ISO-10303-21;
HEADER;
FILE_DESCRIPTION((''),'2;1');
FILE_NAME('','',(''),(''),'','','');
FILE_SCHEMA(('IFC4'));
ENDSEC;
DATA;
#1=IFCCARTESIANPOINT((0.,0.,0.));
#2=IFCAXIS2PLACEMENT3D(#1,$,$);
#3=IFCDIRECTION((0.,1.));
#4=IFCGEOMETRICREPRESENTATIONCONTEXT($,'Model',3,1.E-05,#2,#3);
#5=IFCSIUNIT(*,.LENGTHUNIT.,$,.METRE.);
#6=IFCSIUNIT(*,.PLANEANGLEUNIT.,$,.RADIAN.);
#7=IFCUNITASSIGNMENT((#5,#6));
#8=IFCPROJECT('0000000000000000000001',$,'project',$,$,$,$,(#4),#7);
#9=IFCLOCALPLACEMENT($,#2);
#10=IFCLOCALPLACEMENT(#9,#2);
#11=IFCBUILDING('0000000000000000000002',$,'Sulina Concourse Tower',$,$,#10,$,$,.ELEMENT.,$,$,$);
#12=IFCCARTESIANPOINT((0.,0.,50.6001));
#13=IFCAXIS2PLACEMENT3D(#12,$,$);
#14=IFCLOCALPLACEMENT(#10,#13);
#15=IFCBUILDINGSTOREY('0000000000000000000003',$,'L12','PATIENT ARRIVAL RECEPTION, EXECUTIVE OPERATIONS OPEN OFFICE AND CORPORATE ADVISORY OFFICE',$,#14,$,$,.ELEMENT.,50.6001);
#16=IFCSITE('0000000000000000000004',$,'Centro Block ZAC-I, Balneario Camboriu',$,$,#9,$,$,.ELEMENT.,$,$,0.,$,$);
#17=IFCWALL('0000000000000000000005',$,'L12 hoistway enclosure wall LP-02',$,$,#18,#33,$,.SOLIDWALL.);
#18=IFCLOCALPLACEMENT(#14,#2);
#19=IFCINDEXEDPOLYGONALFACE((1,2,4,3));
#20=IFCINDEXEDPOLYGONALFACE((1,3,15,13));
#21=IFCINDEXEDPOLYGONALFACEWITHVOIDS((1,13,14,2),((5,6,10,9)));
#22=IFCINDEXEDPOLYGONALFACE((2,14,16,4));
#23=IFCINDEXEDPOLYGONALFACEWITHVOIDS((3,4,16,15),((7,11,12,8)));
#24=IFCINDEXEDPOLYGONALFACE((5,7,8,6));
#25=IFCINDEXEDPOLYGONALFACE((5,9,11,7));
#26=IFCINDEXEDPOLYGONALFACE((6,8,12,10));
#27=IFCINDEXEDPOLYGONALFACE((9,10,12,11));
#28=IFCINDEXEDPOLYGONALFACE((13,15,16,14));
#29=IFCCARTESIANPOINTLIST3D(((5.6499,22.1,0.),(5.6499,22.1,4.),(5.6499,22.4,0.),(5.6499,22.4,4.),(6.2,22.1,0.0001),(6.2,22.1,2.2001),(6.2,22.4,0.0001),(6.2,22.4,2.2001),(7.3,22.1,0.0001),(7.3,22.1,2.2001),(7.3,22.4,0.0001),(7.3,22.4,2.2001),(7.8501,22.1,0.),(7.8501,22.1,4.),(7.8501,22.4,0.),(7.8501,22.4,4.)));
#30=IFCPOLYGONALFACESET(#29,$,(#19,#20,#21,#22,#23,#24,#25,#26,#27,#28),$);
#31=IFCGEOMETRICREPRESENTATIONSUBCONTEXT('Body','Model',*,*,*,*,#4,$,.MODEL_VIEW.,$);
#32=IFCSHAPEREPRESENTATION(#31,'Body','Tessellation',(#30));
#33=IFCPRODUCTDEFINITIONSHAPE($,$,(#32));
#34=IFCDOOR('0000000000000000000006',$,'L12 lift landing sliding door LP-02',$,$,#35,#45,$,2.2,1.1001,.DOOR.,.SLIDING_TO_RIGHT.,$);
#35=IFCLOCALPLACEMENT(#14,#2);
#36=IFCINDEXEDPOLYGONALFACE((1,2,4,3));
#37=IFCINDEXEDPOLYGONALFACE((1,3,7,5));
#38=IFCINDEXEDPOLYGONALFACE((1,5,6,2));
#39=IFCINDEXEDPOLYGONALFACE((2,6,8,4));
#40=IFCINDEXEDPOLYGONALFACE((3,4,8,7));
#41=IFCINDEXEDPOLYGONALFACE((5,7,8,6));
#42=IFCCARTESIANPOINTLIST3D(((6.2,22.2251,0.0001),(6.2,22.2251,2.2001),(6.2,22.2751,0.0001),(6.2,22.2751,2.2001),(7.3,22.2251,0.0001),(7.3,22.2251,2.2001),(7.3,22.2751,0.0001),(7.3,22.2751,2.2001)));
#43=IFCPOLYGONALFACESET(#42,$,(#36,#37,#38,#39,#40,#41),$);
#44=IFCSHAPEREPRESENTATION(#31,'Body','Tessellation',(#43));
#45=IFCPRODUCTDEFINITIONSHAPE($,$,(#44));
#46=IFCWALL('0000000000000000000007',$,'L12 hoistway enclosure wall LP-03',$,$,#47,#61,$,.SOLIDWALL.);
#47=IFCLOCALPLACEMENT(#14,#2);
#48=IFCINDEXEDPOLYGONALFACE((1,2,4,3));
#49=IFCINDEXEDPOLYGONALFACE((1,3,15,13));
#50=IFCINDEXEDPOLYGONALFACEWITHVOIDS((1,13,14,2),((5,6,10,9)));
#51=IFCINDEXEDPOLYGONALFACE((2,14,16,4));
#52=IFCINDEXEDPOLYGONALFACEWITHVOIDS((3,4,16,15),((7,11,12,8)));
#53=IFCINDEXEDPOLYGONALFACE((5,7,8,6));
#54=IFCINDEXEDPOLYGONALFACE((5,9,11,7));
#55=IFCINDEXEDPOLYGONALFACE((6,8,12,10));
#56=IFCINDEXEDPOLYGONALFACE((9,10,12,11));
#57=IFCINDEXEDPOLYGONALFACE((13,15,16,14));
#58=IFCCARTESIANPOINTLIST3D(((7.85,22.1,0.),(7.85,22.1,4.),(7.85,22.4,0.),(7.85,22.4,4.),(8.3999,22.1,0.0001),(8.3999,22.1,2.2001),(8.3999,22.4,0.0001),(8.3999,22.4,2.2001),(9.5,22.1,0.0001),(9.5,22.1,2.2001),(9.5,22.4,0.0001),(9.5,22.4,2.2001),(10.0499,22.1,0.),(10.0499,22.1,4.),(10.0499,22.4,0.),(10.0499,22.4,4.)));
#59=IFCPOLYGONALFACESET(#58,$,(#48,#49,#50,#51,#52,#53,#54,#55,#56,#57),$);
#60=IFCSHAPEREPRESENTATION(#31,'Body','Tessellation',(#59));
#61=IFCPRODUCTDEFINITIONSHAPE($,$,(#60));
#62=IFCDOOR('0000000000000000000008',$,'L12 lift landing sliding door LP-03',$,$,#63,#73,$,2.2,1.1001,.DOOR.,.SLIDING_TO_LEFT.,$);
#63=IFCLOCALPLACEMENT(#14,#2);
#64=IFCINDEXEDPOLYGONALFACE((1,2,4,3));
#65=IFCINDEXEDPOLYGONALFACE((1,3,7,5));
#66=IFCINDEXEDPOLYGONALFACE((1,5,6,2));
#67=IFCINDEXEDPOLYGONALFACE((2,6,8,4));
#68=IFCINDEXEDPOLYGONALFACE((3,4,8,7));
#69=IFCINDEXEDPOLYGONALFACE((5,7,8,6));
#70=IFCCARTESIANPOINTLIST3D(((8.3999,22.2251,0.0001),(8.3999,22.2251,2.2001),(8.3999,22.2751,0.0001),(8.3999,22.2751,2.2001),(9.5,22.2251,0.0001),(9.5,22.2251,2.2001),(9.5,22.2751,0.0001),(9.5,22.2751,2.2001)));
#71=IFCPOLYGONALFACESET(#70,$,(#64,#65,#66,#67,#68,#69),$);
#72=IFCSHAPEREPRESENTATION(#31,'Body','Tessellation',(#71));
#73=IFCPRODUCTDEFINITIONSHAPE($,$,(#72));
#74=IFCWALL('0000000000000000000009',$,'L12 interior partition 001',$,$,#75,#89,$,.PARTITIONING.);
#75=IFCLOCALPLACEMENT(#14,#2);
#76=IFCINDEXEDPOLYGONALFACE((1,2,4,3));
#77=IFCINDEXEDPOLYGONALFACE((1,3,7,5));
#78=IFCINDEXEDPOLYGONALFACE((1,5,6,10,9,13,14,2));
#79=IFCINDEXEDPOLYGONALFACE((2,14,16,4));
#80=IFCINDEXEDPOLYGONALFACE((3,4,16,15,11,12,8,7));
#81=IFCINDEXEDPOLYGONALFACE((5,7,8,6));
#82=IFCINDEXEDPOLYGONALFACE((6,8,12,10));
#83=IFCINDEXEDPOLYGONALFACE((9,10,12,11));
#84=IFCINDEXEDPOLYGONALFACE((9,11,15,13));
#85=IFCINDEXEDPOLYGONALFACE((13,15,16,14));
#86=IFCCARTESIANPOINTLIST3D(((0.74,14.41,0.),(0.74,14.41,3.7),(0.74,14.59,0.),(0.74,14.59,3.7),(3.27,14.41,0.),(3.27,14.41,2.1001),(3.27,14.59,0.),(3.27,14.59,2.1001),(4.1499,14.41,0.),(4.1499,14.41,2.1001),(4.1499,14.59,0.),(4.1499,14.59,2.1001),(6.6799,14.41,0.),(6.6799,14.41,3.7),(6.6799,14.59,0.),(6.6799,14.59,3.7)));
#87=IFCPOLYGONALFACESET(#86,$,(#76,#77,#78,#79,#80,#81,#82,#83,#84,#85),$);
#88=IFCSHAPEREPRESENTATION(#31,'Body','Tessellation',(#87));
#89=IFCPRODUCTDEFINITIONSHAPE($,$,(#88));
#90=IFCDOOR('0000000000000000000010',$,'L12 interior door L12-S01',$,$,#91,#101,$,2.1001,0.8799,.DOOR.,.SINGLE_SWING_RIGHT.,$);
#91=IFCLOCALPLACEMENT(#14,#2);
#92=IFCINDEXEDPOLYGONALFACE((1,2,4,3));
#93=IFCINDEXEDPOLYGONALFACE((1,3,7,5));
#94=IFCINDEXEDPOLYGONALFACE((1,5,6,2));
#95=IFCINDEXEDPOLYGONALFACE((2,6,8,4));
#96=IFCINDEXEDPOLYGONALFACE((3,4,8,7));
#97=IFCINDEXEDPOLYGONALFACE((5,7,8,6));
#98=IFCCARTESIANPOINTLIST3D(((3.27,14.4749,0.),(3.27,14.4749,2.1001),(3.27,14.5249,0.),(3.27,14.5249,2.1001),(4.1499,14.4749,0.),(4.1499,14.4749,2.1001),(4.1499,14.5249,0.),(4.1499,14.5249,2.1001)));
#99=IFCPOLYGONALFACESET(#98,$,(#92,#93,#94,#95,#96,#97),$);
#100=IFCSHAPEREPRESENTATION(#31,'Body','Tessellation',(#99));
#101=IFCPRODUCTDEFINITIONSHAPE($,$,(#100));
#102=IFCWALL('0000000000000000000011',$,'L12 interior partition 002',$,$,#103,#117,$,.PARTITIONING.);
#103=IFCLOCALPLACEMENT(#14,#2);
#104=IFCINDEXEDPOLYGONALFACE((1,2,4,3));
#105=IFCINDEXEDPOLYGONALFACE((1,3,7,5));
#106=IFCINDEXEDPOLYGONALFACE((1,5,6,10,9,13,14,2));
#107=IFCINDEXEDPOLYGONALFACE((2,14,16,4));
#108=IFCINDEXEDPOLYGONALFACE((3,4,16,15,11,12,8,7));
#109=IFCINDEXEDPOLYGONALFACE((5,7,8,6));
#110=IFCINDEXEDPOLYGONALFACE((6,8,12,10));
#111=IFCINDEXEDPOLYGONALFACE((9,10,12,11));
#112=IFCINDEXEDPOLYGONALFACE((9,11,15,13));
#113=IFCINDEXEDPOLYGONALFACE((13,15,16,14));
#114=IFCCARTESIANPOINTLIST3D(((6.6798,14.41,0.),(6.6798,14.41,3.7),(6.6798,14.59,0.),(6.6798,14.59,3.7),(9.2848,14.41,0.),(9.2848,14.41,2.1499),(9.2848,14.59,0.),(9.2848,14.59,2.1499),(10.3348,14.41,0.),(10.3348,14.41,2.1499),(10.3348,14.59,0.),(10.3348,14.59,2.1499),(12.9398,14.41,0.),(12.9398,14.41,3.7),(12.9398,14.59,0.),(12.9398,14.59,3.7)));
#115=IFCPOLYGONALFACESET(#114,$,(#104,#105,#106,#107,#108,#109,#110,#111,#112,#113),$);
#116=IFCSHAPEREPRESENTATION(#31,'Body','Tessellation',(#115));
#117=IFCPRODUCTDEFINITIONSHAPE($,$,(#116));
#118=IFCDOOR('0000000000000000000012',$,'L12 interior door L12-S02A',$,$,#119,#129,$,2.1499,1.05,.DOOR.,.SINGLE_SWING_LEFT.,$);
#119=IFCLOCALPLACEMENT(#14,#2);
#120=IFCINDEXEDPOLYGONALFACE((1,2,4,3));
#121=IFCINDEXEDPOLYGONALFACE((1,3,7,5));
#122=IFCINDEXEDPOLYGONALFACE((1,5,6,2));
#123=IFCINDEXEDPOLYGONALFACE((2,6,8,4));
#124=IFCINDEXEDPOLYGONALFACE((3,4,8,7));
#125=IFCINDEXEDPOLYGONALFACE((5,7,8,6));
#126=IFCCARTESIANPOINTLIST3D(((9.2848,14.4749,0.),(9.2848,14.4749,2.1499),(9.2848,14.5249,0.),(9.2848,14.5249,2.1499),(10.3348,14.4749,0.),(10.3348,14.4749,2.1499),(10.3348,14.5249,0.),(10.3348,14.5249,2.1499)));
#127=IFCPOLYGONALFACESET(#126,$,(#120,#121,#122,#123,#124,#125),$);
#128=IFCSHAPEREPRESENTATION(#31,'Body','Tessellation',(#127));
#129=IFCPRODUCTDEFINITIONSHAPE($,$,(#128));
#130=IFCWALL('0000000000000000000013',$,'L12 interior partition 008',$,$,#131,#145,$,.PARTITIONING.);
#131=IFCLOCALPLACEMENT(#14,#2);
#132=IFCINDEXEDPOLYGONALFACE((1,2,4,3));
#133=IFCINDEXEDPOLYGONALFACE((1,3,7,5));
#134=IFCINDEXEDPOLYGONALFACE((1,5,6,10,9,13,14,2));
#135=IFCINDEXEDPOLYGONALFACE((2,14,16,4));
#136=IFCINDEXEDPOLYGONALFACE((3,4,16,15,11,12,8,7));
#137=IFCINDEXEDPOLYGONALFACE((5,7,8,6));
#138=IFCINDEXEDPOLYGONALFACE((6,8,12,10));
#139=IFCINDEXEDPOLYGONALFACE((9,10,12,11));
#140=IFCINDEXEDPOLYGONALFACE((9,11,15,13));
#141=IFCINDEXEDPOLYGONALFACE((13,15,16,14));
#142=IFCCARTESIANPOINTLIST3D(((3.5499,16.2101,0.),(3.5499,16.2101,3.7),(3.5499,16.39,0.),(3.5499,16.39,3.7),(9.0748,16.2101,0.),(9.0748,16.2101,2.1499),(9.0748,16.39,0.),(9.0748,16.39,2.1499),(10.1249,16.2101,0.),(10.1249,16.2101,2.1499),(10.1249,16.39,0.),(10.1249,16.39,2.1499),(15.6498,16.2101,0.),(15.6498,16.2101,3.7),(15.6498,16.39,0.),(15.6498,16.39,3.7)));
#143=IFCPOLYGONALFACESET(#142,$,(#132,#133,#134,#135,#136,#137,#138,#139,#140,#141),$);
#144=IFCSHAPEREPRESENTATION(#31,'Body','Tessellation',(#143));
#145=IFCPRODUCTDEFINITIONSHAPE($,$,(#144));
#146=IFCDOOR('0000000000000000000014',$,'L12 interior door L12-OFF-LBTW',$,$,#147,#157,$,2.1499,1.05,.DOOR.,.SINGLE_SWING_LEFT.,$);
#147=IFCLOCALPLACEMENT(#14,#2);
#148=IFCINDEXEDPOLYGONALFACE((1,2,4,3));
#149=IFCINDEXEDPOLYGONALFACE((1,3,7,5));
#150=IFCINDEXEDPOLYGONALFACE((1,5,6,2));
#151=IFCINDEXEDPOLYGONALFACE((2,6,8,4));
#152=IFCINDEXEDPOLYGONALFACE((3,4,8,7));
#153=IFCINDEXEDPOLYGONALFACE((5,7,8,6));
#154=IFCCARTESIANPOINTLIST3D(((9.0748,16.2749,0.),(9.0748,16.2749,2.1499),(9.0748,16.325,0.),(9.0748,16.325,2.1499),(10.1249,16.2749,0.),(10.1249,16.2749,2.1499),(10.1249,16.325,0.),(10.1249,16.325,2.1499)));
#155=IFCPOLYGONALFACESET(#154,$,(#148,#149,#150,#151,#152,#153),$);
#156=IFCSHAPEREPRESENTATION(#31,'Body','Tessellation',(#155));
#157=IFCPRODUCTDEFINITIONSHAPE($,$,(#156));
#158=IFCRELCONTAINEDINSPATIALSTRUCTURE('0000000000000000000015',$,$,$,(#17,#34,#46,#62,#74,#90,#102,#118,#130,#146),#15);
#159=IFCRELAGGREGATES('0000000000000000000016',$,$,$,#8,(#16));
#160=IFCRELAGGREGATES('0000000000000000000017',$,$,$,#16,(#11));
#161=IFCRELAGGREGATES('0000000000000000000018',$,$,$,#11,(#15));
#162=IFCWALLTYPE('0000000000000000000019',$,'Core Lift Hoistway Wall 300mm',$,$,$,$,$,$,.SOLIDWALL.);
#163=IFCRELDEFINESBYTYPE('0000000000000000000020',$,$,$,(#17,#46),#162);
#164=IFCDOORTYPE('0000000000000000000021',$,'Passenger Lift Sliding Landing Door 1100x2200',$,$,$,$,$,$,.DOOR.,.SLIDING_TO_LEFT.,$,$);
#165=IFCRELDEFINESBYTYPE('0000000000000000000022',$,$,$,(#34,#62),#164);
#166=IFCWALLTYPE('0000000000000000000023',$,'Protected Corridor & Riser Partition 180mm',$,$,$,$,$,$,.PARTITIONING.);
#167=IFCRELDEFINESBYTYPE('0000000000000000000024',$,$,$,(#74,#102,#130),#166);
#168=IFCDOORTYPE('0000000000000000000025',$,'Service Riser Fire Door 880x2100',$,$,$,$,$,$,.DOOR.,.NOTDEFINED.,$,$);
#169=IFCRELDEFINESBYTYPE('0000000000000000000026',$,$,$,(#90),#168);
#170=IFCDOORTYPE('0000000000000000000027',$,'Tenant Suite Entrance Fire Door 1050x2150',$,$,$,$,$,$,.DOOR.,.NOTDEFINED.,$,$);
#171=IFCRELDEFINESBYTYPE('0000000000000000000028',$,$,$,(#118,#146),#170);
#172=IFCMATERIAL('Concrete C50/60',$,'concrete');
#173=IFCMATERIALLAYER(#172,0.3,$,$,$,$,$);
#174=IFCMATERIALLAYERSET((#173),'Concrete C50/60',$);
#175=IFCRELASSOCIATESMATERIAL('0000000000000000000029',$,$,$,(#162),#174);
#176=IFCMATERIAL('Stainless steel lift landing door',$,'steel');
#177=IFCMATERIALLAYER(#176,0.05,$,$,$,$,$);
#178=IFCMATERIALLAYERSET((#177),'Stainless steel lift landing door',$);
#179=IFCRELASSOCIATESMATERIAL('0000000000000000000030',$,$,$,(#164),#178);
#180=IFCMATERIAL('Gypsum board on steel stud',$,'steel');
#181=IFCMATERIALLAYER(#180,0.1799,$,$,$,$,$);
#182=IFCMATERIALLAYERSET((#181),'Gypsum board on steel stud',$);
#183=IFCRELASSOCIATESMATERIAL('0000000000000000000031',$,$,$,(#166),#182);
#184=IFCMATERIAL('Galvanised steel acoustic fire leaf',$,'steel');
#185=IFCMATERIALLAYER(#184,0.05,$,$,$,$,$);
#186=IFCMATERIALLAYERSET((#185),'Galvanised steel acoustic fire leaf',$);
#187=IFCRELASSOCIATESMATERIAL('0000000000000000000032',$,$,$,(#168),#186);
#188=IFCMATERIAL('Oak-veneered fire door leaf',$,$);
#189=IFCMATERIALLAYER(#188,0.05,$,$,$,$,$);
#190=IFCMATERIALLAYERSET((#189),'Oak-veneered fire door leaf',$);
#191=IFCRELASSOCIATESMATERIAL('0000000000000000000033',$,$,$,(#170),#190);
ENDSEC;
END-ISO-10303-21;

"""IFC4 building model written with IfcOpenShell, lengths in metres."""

from ifc_helpers import new_model, si_unit, direction, frame, frame_2d, origin, place, context, subcontext, project, spatial, rectangle, extrude, material, layer, layer_set, type_object, element, fill, save


model = new_model("IFC4")

# Units and contexts
model_context = context("Model", 3, precision=1e-05, world=origin(), true_north=direction((0.0, 1.0)))
body_context = subcontext(model_context, "Body", "Model", "MODEL_VIEW")
ifc_project = project(units=[si_unit("LENGTHUNIT", "METRE"), si_unit("PLANEANGLEUNIT", "RADIAN")], contexts=[model_context])

# Site, building, storey
site_placement = place(None, origin())
site = spatial("IfcSite", under=ifc_project, at=site_placement, Name="Centro Block ZAC-I, Balneario Camboriu", CompositionType="ELEMENT", RefElevation=0.0)
building_placement = place(site_placement, origin())
building = spatial("IfcBuilding", under=site, at=building_placement, Name="Sulina Concourse Tower", CompositionType="ELEMENT")
storey_placement = place(building_placement, frame((0.0, 0.0, 50.6001)))
storey = spatial("IfcBuildingStorey", under=building, at=storey_placement, Name="L12", Description="PATIENT ARRIVAL RECEPTION, EXECUTIVE OPERATIONS OPEN OFFICE AND CORPORATE ADVISORY OFFICE", CompositionType="ELEMENT", Elevation=50.6001)

# Walls, openings, doors
ifc_material_1 = material(Name="Concrete C50/60", Category="concrete")
ifc_layer_1 = layer(ifc_material_1, 0.3)
ifc_layer_set_1 = layer_set([ifc_layer_1], Name="Concrete C50/60")
wall_type_1 = type_object("IfcWallType", Name="Core Lift Hoistway Wall 300mm", PredefinedType="SOLIDWALL", material=ifc_layer_set_1)
ifc_material_2 = material(Name="Stainless steel lift landing door", Category="steel")
ifc_layer_2 = layer(ifc_material_2, 0.05)
ifc_layer_set_2 = layer_set([ifc_layer_2], Name="Stainless steel lift landing door")
door_type_1 = type_object("IfcDoorType", Name="Passenger Lift Sliding Landing Door 1100x2200", OperationType="SLIDING_TO_LEFT", PredefinedType="DOOR", material=ifc_layer_set_2)
wall_1_placement = place(storey_placement, frame((7.8501, 22.25, 0.0), z_axis=(0.0, 0.0, 1.0), x_axis=(-1.0, 0.0, 0.0)))
wall_1 = element("IfcWall", 1, at=wall_1_placement, inside=storey, type_object=wall_type_1, Name="L12 hoistway enclosure wall LP-02", PredefinedType="SOLIDWALL", context=body_context, shape_type="SweptSolid", body=[
    extrude(rectangle(XDim=2.2002, YDim=0.3, at=frame_2d((1.1001, 0.0))), origin(), (0.0, 0.0, 1.0), 4.0),
])
opening_1_placement = place(wall_1_placement, frame((0.55, 0.0, 0.0)))
opening_1 = element("IfcOpeningElement", 2, at=opening_1_placement, cuts=wall_1, PredefinedType="OPENING", context=body_context, shape_type="SweptSolid", body=[
    extrude(rectangle(XDim=1.1001, YDim=2.2, at=frame_2d((0.55, 1.1001))), frame((0.0, 0.1599, 0.0), z_axis=(0.0, -1.0, 0.0), x_axis=(1.0, 0.0, 0.0)), (0.0, 0.0, 1.0), 0.3201),
])
door_1_placement = place(opening_1_placement, origin())
door_1 = element("IfcDoor", 3, at=door_1_placement, inside=storey, type_object=door_type_1, Name="L12 lift landing sliding door LP-02", OperationType="SLIDING_TO_RIGHT", OverallHeight=2.2, OverallWidth=1.1001, PredefinedType="DOOR", context=body_context, shape_type="SweptSolid", body=[
    extrude(rectangle(XDim=1.1001, YDim=2.2, at=frame_2d((0.55, 1.1001))), frame((0.0, 0.0249, 0.0), z_axis=(0.0, -1.0, 0.0), x_axis=(1.0, 0.0, 0.0)), (0.0, 0.0, 1.0), 0.05),
])
fill(opening_1, door_1)
wall_2_placement = place(storey_placement, frame((10.05, 22.25, 0.0), z_axis=(0.0, 0.0, 1.0), x_axis=(-1.0, 0.0, 0.0)))
wall_2 = element("IfcWall", 4, at=wall_2_placement, inside=storey, type_object=wall_type_1, Name="L12 hoistway enclosure wall LP-03", PredefinedType="SOLIDWALL", context=body_context, shape_type="SweptSolid", body=[
    extrude(rectangle(XDim=2.2, YDim=0.3, at=frame_2d((1.1001, 0.0))), origin(), (0.0, 0.0, 1.0), 4.0),
])
opening_2_placement = place(wall_2_placement, frame((0.55, 0.0, 0.0)))
opening_2 = element("IfcOpeningElement", 5, at=opening_2_placement, cuts=wall_2, PredefinedType="OPENING", context=body_context, shape_type="SweptSolid", body=[
    extrude(rectangle(XDim=1.1001, YDim=2.2, at=frame_2d((0.55, 1.1001))), frame((0.0, 0.1599, 0.0), z_axis=(0.0, -1.0, 0.0), x_axis=(1.0, 0.0, 0.0)), (0.0, 0.0, 1.0), 0.3201),
])
door_2_placement = place(opening_2_placement, origin())
door_2 = element("IfcDoor", 6, at=door_2_placement, inside=storey, type_object=door_type_1, Name="L12 lift landing sliding door LP-03", OperationType="SLIDING_TO_LEFT", OverallHeight=2.2, OverallWidth=1.1001, PredefinedType="DOOR", context=body_context, shape_type="SweptSolid", body=[
    extrude(rectangle(XDim=1.1001, YDim=2.2, at=frame_2d((0.55, 1.1001))), frame((0.0, 0.0249, 0.0), z_axis=(0.0, -1.0, 0.0), x_axis=(1.0, 0.0, 0.0)), (0.0, 0.0, 1.0), 0.05),
])
fill(opening_2, door_2)
ifc_material_3 = material(Name="Gypsum board on steel stud", Category="steel")
ifc_layer_3 = layer(ifc_material_3, 0.1799)
ifc_layer_set_3 = layer_set([ifc_layer_3], Name="Gypsum board on steel stud")
wall_type_2 = type_object("IfcWallType", Name="Protected Corridor & Riser Partition 180mm", PredefinedType="PARTITIONING", material=ifc_layer_set_3)
wall_3_placement = place(storey_placement, frame((0.74, 14.5, 0.0), z_axis=(0.0, 0.0, 1.0), x_axis=(1.0, 0.0, 0.0)))
wall_3 = element("IfcWall", 7, at=wall_3_placement, inside=storey, type_object=wall_type_2, Name="L12 interior partition 001", PredefinedType="PARTITIONING", context=body_context, shape_type="SweptSolid", body=[
    extrude(rectangle(XDim=5.9399, YDim=0.1799, at=frame_2d((2.97, 0.0))), origin(), (0.0, 0.0, 1.0), 3.7),
])
opening_3_placement = place(wall_3_placement, frame((2.53, 0.0, 0.0)))
opening_3 = element("IfcOpeningElement", 8, at=opening_3_placement, cuts=wall_3, PredefinedType="OPENING", context=body_context, shape_type="SweptSolid", body=[
    extrude(rectangle(XDim=0.8799, YDim=2.1001, at=frame_2d((0.4399, 1.05))), frame((0.0, 0.0999, 0.0), z_axis=(0.0, -1.0, 0.0), x_axis=(1.0, 0.0, 0.0)), (0.0, 0.0, 1.0), 0.2),
])
ifc_material_4 = material(Name="Galvanised steel acoustic fire leaf", Category="steel")
ifc_layer_4 = layer(ifc_material_4, 0.05)
ifc_layer_set_4 = layer_set([ifc_layer_4], Name="Galvanised steel acoustic fire leaf")
door_type_2 = type_object("IfcDoorType", Name="Service Riser Fire Door 880x2100", OperationType="NOTDEFINED", PredefinedType="DOOR", material=ifc_layer_set_4)
door_3_placement = place(opening_3_placement, origin())
door_3 = element("IfcDoor", 9, at=door_3_placement, inside=storey, type_object=door_type_2, Name="L12 interior door L12-S01", OperationType="SINGLE_SWING_RIGHT", OverallHeight=2.1001, OverallWidth=0.8799, PredefinedType="DOOR", context=body_context, shape_type="SweptSolid", body=[
    extrude(rectangle(XDim=0.8799, YDim=2.1001, at=frame_2d((0.4399, 1.05))), frame((0.0, 0.0249, 0.0), z_axis=(0.0, -1.0, 0.0), x_axis=(1.0, 0.0, 0.0)), (0.0, 0.0, 1.0), 0.05),
])
fill(opening_3, door_3)
wall_4_placement = place(storey_placement, frame((6.6799, 14.5, 0.0), z_axis=(0.0, 0.0, 1.0), x_axis=(1.0, 0.0, 0.0)))
wall_4 = element("IfcWall", 10, at=wall_4_placement, inside=storey, type_object=wall_type_2, Name="L12 interior partition 002", PredefinedType="PARTITIONING", context=body_context, shape_type="SweptSolid", body=[
    extrude(rectangle(XDim=6.26, YDim=0.1799, at=frame_2d((3.1299, 0.0))), origin(), (0.0, 0.0, 1.0), 3.7),
])
opening_4_placement = place(wall_4_placement, frame((2.605, 0.0, 0.0)))
opening_4 = element("IfcOpeningElement", 11, at=opening_4_placement, cuts=wall_4, PredefinedType="OPENING", context=body_context, shape_type="SweptSolid", body=[
    extrude(rectangle(XDim=1.05, YDim=2.1499, at=frame_2d((0.5249, 1.075))), frame((0.0, 0.0999, 0.0), z_axis=(0.0, -1.0, 0.0), x_axis=(1.0, 0.0, 0.0)), (0.0, 0.0, 1.0), 0.2),
])
ifc_material_5 = material(Name="Oak-veneered fire door leaf")
ifc_layer_5 = layer(ifc_material_5, 0.05)
ifc_layer_set_5 = layer_set([ifc_layer_5], Name="Oak-veneered fire door leaf")
door_type_3 = type_object("IfcDoorType", Name="Tenant Suite Entrance Fire Door 1050x2150", OperationType="NOTDEFINED", PredefinedType="DOOR", material=ifc_layer_set_5)
door_4_placement = place(opening_4_placement, origin())
door_4 = element("IfcDoor", 12, at=door_4_placement, inside=storey, type_object=door_type_3, Name="L12 interior door L12-S02A", OperationType="SINGLE_SWING_LEFT", OverallHeight=2.1499, OverallWidth=1.05, PredefinedType="DOOR", context=body_context, shape_type="SweptSolid", body=[
    extrude(rectangle(XDim=1.05, YDim=2.1499, at=frame_2d((0.5249, 1.075))), frame((0.0, 0.0249, 0.0), z_axis=(0.0, -1.0, 0.0), x_axis=(1.0, 0.0, 0.0)), (0.0, 0.0, 1.0), 0.05),
])
fill(opening_4, door_4)
wall_5_placement = place(storey_placement, frame((3.55, 16.3, 0.0), z_axis=(0.0, 0.0, 1.0), x_axis=(1.0, 0.0, 0.0)))
wall_5 = element("IfcWall", 13, at=wall_5_placement, inside=storey, type_object=wall_type_2, Name="L12 interior partition 008", PredefinedType="PARTITIONING", context=body_context, shape_type="SweptSolid", body=[
    extrude(rectangle(XDim=12.0999, YDim=0.1799, at=frame_2d((6.0498, 0.0))), origin(), (0.0, 0.0, 1.0), 3.7),
])
opening_5_placement = place(wall_5_placement, frame((5.5249, 0.0, 0.0)))
opening_5 = element("IfcOpeningElement", 14, at=opening_5_placement, cuts=wall_5, PredefinedType="OPENING", context=body_context, shape_type="SweptSolid", body=[
    extrude(rectangle(XDim=1.05, YDim=2.1499, at=frame_2d((0.5249, 1.075))), frame((0.0, 0.0999, 0.0), z_axis=(0.0, -1.0, 0.0), x_axis=(1.0, 0.0, 0.0)), (0.0, 0.0, 1.0), 0.2),
])
door_5_placement = place(opening_5_placement, origin())
door_5 = element("IfcDoor", 15, at=door_5_placement, inside=storey, type_object=door_type_3, Name="L12 interior door L12-OFF-LBTW", OperationType="SINGLE_SWING_LEFT", OverallHeight=2.1499, OverallWidth=1.05, PredefinedType="DOOR", context=body_context, shape_type="SweptSolid", body=[
    extrude(rectangle(XDim=1.05, YDim=2.1499, at=frame_2d((0.5249, 1.075))), frame((0.0, 0.0249, 0.0), z_axis=(0.0, -1.0, 0.0), x_axis=(1.0, 0.0, 0.0)), (0.0, 0.0, 1.0), 0.05),
])
fill(opening_5, door_5)

save(model, "model.ifc")
